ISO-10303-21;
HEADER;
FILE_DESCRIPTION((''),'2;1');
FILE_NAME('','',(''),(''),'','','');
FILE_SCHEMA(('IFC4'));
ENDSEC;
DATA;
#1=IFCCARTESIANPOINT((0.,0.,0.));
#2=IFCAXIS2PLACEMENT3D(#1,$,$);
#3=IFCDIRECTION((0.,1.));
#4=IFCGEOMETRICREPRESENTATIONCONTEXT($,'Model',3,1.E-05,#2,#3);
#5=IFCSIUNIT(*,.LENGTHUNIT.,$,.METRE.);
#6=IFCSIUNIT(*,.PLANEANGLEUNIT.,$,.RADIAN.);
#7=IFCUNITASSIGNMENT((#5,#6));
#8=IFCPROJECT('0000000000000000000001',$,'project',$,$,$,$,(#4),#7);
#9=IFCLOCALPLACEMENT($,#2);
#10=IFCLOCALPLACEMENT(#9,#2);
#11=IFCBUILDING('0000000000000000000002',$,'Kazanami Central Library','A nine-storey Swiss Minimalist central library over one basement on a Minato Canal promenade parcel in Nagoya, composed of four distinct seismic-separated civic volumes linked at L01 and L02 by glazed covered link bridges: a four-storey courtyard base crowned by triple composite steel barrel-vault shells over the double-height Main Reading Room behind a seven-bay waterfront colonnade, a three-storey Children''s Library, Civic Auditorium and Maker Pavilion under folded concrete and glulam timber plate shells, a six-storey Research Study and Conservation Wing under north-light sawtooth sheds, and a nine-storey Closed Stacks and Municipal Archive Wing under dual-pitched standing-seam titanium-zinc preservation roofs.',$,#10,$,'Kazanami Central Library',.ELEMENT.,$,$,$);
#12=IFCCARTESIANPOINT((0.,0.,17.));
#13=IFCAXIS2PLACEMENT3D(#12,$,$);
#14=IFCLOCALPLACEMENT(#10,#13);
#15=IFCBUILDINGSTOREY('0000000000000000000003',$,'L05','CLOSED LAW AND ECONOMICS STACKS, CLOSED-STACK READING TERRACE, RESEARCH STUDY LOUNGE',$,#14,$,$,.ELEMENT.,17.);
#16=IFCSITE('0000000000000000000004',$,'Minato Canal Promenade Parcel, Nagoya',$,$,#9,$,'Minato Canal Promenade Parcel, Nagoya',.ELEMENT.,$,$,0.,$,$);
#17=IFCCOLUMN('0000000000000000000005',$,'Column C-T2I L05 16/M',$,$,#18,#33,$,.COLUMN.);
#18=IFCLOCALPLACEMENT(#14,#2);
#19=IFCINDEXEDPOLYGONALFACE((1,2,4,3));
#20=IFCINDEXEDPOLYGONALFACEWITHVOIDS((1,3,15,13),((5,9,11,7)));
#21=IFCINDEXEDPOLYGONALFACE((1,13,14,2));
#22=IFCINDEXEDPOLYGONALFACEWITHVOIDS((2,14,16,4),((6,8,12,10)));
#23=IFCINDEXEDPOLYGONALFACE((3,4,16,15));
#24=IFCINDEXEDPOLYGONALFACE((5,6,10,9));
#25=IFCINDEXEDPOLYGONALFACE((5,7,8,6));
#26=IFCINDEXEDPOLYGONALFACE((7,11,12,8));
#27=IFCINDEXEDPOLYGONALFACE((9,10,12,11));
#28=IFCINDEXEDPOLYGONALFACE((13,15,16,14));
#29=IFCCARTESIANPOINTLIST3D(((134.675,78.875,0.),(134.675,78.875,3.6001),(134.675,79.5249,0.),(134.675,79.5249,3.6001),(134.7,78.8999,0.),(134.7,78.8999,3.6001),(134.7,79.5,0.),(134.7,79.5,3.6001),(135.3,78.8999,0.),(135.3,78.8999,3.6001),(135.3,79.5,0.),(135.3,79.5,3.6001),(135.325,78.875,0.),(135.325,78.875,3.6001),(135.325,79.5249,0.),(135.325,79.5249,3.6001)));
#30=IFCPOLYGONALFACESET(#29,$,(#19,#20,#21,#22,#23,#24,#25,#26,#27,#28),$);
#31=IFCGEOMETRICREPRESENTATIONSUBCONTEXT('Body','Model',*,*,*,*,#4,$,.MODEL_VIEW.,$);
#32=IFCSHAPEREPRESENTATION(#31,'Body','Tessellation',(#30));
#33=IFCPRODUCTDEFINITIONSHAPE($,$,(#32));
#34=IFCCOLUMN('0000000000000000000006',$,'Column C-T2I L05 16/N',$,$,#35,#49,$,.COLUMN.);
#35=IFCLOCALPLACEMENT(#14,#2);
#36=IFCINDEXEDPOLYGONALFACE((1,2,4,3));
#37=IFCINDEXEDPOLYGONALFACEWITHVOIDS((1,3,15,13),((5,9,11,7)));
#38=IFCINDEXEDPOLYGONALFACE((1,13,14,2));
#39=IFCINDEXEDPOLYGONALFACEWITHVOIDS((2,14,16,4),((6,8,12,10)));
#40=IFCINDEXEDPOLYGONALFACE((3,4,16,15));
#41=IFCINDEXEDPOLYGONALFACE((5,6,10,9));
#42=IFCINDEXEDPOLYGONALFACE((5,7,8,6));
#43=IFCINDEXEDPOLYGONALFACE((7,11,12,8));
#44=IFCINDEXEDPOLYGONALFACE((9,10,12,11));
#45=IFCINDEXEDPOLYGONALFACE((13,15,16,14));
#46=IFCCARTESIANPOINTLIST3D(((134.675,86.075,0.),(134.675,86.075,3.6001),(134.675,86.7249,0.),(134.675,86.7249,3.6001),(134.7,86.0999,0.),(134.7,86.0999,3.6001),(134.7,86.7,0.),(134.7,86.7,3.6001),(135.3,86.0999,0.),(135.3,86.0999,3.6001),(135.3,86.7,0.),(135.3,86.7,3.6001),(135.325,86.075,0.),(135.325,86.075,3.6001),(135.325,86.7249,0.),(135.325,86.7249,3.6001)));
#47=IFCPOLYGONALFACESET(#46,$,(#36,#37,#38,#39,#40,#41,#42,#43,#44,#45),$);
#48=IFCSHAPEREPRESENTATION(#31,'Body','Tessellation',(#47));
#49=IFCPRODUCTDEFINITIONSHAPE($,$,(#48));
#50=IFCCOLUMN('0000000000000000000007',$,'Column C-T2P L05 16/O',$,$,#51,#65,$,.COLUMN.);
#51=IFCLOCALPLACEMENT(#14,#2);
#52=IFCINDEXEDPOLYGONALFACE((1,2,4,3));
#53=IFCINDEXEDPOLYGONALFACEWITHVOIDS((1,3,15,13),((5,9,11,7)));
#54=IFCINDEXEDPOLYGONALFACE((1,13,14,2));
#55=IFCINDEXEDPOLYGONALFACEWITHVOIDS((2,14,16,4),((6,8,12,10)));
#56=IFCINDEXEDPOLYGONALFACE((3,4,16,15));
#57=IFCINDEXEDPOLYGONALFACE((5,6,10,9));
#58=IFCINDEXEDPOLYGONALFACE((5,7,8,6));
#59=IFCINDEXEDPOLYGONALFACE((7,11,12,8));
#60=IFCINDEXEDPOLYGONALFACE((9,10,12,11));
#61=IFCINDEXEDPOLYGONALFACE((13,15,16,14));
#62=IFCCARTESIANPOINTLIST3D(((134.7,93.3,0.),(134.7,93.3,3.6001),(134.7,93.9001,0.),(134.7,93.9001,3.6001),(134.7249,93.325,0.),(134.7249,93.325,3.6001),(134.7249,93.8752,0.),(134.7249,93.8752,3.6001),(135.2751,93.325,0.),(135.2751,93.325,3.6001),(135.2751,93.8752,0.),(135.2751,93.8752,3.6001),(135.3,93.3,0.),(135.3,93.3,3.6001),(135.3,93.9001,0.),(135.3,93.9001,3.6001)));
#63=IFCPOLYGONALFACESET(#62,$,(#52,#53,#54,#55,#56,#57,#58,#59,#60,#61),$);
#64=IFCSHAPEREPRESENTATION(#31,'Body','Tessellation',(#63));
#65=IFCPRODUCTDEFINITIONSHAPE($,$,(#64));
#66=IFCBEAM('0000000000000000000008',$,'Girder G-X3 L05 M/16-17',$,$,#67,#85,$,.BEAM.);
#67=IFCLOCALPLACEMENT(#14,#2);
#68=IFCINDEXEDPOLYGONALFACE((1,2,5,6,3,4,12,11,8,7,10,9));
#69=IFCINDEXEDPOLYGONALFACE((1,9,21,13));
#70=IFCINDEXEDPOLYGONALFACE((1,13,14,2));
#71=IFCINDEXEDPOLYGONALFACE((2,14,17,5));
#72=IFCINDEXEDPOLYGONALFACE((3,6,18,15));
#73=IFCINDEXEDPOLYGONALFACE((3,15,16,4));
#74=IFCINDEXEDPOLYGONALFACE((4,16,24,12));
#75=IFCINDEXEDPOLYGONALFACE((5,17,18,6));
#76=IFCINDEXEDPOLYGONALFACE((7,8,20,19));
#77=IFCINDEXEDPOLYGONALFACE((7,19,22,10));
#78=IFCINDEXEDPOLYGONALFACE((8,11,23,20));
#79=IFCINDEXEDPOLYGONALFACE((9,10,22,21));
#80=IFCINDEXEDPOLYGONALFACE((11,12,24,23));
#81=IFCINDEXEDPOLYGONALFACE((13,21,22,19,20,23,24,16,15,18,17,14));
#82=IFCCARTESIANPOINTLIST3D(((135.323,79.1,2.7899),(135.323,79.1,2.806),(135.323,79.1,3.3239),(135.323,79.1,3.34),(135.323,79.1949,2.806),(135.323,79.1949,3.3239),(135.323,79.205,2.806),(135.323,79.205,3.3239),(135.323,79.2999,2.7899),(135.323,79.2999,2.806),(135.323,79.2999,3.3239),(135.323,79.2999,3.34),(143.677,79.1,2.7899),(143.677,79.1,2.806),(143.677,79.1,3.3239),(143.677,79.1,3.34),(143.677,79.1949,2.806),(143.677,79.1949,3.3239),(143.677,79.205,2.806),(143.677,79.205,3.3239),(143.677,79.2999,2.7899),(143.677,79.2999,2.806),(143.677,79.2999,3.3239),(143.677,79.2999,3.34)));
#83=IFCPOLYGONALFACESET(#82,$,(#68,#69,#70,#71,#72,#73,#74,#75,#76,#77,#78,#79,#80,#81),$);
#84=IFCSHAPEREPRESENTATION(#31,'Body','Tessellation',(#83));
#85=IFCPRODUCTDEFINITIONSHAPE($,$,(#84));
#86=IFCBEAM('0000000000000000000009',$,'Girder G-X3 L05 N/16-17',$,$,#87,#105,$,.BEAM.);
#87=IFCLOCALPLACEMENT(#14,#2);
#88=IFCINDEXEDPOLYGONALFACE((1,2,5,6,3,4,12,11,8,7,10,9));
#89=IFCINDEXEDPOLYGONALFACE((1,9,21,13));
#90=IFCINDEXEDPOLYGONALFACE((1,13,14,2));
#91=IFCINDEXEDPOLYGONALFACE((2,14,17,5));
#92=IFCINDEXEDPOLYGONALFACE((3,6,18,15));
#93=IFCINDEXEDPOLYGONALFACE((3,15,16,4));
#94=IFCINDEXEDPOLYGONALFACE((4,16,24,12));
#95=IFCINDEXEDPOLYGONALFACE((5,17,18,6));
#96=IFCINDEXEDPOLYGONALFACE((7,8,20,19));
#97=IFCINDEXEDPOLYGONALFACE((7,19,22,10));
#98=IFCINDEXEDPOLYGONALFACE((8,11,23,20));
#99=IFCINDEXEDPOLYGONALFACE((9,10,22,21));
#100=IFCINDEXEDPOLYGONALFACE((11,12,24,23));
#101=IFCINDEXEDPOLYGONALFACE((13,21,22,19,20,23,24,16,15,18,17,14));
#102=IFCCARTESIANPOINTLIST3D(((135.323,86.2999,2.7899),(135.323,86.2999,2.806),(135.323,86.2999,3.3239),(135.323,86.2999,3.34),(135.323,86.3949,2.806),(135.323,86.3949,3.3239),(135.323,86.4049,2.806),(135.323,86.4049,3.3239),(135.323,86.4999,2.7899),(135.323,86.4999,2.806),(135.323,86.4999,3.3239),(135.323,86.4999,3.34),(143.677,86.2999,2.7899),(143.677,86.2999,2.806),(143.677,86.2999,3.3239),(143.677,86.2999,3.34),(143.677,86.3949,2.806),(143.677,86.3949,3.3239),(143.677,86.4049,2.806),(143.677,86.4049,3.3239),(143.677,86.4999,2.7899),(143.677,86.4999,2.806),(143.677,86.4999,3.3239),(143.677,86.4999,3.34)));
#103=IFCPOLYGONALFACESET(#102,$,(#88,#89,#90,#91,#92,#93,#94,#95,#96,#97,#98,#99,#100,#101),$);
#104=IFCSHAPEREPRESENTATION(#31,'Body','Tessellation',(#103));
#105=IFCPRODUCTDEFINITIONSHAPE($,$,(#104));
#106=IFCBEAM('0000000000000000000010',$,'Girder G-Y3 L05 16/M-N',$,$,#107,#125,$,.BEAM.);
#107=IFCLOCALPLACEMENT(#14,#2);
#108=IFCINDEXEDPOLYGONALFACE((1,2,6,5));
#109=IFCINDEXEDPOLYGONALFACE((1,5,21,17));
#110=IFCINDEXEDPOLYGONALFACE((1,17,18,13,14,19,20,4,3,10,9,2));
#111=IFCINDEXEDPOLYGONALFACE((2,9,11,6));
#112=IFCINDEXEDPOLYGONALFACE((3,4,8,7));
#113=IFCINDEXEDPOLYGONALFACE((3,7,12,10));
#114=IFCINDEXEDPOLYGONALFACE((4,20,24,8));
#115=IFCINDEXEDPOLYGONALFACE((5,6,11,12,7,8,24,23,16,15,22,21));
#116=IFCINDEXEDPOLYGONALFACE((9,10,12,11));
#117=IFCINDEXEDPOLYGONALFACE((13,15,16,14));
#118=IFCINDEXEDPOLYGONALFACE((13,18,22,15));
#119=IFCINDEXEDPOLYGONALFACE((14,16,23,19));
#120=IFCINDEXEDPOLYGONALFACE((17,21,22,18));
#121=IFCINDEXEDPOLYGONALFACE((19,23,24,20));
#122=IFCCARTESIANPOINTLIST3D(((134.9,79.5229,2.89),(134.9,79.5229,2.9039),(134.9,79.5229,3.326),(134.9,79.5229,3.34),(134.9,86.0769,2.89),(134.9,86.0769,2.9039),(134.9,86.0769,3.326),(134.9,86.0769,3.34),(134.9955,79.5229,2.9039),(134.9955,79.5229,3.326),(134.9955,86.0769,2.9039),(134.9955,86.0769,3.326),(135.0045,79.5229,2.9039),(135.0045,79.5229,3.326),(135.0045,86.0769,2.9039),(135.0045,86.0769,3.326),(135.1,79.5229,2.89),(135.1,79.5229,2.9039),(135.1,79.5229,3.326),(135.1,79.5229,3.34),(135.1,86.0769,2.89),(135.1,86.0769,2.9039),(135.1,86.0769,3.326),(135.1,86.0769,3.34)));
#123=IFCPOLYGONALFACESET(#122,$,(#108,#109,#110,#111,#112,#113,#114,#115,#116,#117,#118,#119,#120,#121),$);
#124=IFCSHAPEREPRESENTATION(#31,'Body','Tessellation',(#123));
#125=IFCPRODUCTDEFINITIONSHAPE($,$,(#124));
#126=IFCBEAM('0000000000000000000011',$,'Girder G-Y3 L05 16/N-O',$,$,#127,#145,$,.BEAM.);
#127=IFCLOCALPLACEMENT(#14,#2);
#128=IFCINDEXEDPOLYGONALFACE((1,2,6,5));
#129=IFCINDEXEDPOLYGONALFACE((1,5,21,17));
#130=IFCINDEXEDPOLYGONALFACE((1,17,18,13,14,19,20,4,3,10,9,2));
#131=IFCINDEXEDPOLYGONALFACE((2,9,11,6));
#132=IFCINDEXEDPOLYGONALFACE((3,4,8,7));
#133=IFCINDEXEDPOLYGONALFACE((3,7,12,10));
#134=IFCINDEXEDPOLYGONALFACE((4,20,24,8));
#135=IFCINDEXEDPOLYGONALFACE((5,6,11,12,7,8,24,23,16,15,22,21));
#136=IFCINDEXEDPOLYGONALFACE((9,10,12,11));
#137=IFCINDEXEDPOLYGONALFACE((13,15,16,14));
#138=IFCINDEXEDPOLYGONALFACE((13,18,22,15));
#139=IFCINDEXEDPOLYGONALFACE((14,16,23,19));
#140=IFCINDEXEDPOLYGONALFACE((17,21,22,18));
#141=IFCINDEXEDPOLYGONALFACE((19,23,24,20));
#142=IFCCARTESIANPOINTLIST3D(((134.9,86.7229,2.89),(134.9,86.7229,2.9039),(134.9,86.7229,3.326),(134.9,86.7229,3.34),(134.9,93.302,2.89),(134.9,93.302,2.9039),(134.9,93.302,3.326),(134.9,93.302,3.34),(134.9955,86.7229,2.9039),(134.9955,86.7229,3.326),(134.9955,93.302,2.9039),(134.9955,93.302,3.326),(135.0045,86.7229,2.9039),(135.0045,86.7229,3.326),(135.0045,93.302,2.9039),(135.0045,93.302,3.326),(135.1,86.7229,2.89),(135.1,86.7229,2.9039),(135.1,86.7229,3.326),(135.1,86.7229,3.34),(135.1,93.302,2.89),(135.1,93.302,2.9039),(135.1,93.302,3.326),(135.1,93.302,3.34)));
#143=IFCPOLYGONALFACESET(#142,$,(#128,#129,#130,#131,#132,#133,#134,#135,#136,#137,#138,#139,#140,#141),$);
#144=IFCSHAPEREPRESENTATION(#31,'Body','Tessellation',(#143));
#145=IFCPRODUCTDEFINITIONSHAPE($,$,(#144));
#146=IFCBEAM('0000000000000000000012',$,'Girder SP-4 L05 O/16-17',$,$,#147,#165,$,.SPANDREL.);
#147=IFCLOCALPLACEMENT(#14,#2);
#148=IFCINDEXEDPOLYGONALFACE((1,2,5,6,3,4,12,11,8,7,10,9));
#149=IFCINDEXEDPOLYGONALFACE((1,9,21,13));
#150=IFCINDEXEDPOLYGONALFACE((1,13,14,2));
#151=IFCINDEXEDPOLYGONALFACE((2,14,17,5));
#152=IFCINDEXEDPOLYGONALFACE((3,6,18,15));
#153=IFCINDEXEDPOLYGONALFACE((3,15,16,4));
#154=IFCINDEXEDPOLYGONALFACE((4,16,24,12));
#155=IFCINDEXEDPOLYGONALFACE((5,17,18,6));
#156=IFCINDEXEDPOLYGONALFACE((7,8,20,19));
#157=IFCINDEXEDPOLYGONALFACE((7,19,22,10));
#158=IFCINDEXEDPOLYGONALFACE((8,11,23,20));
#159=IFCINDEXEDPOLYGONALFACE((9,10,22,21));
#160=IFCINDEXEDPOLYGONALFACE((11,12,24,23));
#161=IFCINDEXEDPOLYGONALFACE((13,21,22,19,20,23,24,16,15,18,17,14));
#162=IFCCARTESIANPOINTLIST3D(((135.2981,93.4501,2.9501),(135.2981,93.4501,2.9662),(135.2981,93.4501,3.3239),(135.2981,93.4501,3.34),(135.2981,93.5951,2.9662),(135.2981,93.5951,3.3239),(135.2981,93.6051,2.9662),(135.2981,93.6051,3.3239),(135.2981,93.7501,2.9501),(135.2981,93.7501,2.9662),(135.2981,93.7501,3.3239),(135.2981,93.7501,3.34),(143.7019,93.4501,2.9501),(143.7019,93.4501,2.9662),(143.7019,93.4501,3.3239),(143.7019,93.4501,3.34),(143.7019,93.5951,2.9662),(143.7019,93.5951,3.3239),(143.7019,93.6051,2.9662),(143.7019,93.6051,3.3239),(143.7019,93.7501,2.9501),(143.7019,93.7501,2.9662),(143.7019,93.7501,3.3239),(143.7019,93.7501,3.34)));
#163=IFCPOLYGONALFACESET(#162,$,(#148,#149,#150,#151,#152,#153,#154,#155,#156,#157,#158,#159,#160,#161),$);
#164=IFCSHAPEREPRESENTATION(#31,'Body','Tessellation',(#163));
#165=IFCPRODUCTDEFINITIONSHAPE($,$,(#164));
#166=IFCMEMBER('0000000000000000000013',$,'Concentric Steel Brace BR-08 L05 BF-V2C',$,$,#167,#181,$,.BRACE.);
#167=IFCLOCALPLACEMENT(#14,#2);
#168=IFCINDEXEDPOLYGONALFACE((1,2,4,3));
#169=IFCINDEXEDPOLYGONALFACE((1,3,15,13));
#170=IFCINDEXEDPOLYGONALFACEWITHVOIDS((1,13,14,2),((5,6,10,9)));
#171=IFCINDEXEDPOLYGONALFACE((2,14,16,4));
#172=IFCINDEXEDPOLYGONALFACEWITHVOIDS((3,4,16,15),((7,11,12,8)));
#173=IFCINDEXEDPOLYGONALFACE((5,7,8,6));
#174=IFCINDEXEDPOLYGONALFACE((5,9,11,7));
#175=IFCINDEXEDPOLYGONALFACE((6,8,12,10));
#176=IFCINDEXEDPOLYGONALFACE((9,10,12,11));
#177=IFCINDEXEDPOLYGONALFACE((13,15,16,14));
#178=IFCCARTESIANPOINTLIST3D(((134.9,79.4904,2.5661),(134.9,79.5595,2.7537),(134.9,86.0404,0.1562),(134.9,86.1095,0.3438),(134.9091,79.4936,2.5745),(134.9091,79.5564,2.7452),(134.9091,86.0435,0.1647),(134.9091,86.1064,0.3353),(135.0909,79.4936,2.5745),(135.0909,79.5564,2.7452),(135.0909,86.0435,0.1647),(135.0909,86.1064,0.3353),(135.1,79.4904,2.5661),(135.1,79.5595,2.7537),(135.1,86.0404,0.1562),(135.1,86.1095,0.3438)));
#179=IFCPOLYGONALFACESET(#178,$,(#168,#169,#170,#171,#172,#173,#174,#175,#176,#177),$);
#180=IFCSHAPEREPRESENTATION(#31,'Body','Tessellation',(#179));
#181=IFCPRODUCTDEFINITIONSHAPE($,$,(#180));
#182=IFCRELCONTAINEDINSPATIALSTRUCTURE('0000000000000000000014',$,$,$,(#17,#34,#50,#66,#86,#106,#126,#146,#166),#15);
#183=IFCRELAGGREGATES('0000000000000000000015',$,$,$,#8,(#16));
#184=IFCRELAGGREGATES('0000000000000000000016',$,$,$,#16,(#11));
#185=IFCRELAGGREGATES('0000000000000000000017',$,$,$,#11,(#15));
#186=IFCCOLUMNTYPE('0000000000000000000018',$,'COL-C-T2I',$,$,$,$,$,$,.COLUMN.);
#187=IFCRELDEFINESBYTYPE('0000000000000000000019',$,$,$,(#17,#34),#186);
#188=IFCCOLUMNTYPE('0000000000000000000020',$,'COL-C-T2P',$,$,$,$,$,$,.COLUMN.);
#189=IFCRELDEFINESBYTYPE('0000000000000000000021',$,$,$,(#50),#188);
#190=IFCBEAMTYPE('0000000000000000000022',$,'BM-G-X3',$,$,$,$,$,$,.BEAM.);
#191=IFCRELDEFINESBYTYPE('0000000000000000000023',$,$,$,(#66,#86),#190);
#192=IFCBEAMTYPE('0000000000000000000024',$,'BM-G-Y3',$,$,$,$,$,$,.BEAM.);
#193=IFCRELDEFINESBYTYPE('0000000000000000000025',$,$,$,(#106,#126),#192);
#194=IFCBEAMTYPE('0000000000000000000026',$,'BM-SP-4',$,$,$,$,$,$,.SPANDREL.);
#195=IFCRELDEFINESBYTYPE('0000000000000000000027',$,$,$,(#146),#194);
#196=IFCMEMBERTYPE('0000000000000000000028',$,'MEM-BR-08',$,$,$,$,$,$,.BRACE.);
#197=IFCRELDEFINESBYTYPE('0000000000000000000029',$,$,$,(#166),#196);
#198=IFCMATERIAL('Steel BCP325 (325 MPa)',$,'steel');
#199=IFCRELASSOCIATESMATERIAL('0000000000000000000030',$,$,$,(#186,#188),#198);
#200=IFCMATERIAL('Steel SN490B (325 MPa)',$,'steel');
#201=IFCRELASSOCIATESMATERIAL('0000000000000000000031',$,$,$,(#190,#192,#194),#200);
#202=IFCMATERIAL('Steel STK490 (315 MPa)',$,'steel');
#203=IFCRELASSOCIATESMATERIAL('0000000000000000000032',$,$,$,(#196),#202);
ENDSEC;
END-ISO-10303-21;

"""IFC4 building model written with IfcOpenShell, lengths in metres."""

from ifc_helpers import new_model, si_unit, direction, frame, origin, origin_2d, place, context, subcontext, project, spatial, hollow_rectangle, i_section, extrude, material, material_profile, profile_set, type_object, element, save


model = new_model("IFC4")

# Units and contexts
model_context = context("Model", 3, precision=1e-05, world=origin(), true_north=direction((0.0, 1.0)))
body_context = subcontext(model_context, "Body", "Model", "MODEL_VIEW")
ifc_project = project(units=[si_unit("LENGTHUNIT", "METRE"), si_unit("PLANEANGLEUNIT", "RADIAN")], contexts=[model_context])

# Site, building, storey
site_placement = place(None, origin())
site = spatial("IfcSite", under=ifc_project, at=site_placement, Name="Minato Canal Promenade Parcel, Nagoya", LongName="Minato Canal Promenade Parcel, Nagoya", CompositionType="ELEMENT", RefElevation=0.0)
building_placement = place(site_placement, origin())
building = spatial("IfcBuilding", under=site, at=building_placement, Name="Kazanami Central Library", Description="A nine-storey Swiss Minimalist central library over one basement on a Minato Canal promenade parcel in Nagoya, composed of four distinct seismic-separated civic volumes linked at L01 and L02 by glazed covered link bridges: a four-storey courtyard base crowned by triple composite steel barrel-vault shells over the double-height Main Reading Room behind a seven-bay waterfront colonnade, a three-storey Children's Library, Civic Auditorium and Maker Pavilion under folded concrete and glulam timber plate shells, a six-storey Research Study and Conservation Wing under north-light sawtooth sheds, and a nine-storey Closed Stacks and Municipal Archive Wing under dual-pitched standing-seam titanium-zinc preservation roofs.", LongName="Kazanami Central Library", CompositionType="ELEMENT")
storey_placement = place(building_placement, frame((0.0, 0.0, 17.0)))
storey = spatial("IfcBuildingStorey", under=building, at=storey_placement, Name="L05", Description="CLOSED LAW AND ECONOMICS STACKS, CLOSED-STACK READING TERRACE, RESEARCH STUDY LOUNGE", CompositionType="ELEMENT", Elevation=17.0)

# Columns
ifc_material_1 = material(Name="Steel BCP325 (325 MPa)", Category="steel")
ifc_material_profile_1 = material_profile(ifc_material_1, hollow_rectangle(XDim=0.6499, YDim=0.6499, WallThickness=0.0249, at=origin_2d()), Name="BCP-650x650x25")
ifc_profile_set_1 = profile_set([ifc_material_profile_1], Name="Steel BCP325 (325 MPa)")
column_type_1 = type_object("IfcColumnType", Name="COL-C-T2I", PredefinedType="COLUMN", material=ifc_profile_set_1)
for number, where, z_axis, x_axis, name in (
    (1, (135.0, 79.2, 0.0), (0.0, 0.0, 1.0), (1.0, 0.0, 0.0), "Column C-T2I L05 16/M"),
    (2, (135.0, 86.3999, 0.0), (0.0, 0.0, 1.0), (1.0, 0.0, 0.0), "Column C-T2I L05 16/N"),
):
    element("IfcColumn", number, at=place(storey_placement, frame(where, z_axis=z_axis, x_axis=x_axis)), inside=storey, type_object=column_type_1, Name=name, PredefinedType="COLUMN", context=body_context, shape_type="SweptSolid", body=[
        extrude(hollow_rectangle(XDim=0.6499, YDim=0.6499, WallThickness=0.0249, at=origin_2d()), origin(), (0.0, 0.0, 1.0), 3.6001),
    ])
ifc_material_profile_2 = material_profile(ifc_material_1, hollow_rectangle(XDim=0.6001, YDim=0.6001, WallThickness=0.0249, at=origin_2d()), Name="BCP-600x600x25")
ifc_profile_set_2 = profile_set([ifc_material_profile_2], Name="Steel BCP325 (325 MPa)")
column_type_2 = type_object("IfcColumnType", Name="COL-C-T2P", PredefinedType="COLUMN", material=ifc_profile_set_2)
column_placement = place(storey_placement, frame((135.0, 93.6001, 0.0), z_axis=(0.0, 0.0, 1.0), x_axis=(1.0, 0.0, 0.0)))
element("IfcColumn", 3, at=column_placement, inside=storey, type_object=column_type_2, Name="Column C-T2P L05 16/O", PredefinedType="COLUMN", context=body_context, shape_type="SweptSolid", body=[
    extrude(hollow_rectangle(XDim=0.6001, YDim=0.6001, WallThickness=0.0249, at=origin_2d()), origin(), (0.0, 0.0, 1.0), 3.6001),
])

# Beams
ifc_material_2 = material(Name="Steel SN490B (325 MPa)", Category="steel")
ifc_material_profile_3 = material_profile(ifc_material_2, i_section(OverallWidth=0.2, OverallDepth=0.55, WebThickness=0.01, FlangeThickness=0.0161, at=origin_2d()), Name="H-550x200x10x16")
ifc_profile_set_3 = profile_set([ifc_material_profile_3], Name="Steel SN490B (325 MPa)")
beam_type_1 = type_object("IfcBeamType", Name="BM-G-X3", PredefinedType="BEAM", material=ifc_profile_set_3)
for number, where, z_axis, x_axis, name in (
    (4, (135.323, 79.2, 3.0649), (1.0, 0.0, 0.0), (0.0, 1.0, 0.0), "Girder G-X3 L05 M/16-17"),
    (5, (135.323, 86.3999, 3.0649), (1.0, 0.0, 0.0), (0.0, 1.0, 0.0), "Girder G-X3 L05 N/16-17"),
):
    element("IfcBeam", number, at=place(storey_placement, frame(where, z_axis=z_axis, x_axis=x_axis)), inside=storey, type_object=beam_type_1, Name=name, PredefinedType="BEAM", context=body_context, shape_type="SweptSolid", body=[
        extrude(i_section(OverallWidth=0.2, OverallDepth=0.55, WebThickness=0.01, FlangeThickness=0.0161, at=origin_2d()), origin(), (0.0, 0.0, 1.0), 8.354),
    ])
ifc_material_profile_4 = material_profile(ifc_material_2, i_section(OverallWidth=0.2, OverallDepth=0.45, WebThickness=0.009, FlangeThickness=0.0139, at=origin_2d()), Name="H-450x200x9x14")
ifc_profile_set_4 = profile_set([ifc_material_profile_4], Name="Steel SN490B (325 MPa)")
beam_type_2 = type_object("IfcBeamType", Name="BM-G-Y3", PredefinedType="BEAM", material=ifc_profile_set_4)
beam_1_placement = place(storey_placement, frame((135.0, 79.5229, 3.115), z_axis=(0.0, 1.0, 0.0), x_axis=(-1.0, 0.0, 0.0)))
element("IfcBeam", 6, at=beam_1_placement, inside=storey, type_object=beam_type_2, Name="Girder G-Y3 L05 16/M-N", PredefinedType="BEAM", context=body_context, shape_type="SweptSolid", body=[
    extrude(i_section(OverallWidth=0.2, OverallDepth=0.45, WebThickness=0.009, FlangeThickness=0.0139, at=origin_2d()), origin(), (0.0, 0.0, 1.0), 6.554),
])
beam_2_placement = place(storey_placement, frame((135.0, 86.7229, 3.115), z_axis=(0.0, 1.0, 0.0), x_axis=(-1.0, 0.0, 0.0)))
element("IfcBeam", 7, at=beam_2_placement, inside=storey, type_object=beam_type_2, Name="Girder G-Y3 L05 16/N-O", PredefinedType="BEAM", context=body_context, shape_type="SweptSolid", body=[
    extrude(i_section(OverallWidth=0.2, OverallDepth=0.45, WebThickness=0.009, FlangeThickness=0.0139, at=origin_2d()), origin(), (0.0, 0.0, 1.0), 6.5791),
])
ifc_material_profile_5 = material_profile(ifc_material_2, i_section(OverallWidth=0.3, OverallDepth=0.3899, WebThickness=0.01, FlangeThickness=0.0161, at=origin_2d()), Name="H-390x300x10x16")
ifc_profile_set_5 = profile_set([ifc_material_profile_5], Name="Steel SN490B (325 MPa)")
beam_type_3 = type_object("IfcBeamType", Name="BM-SP-4", PredefinedType="SPANDREL", material=ifc_profile_set_5)
beam_3_placement = place(storey_placement, frame((135.2981, 93.6001, 3.145), z_axis=(1.0, 0.0, 0.0), x_axis=(0.0, 1.0, 0.0)))
element("IfcBeam", 8, at=beam_3_placement, inside=storey, type_object=beam_type_3, Name="Girder SP-4 L05 O/16-17", PredefinedType="SPANDREL", context=body_context, shape_type="SweptSolid", body=[
    extrude(i_section(OverallWidth=0.3, OverallDepth=0.3899, WebThickness=0.01, FlangeThickness=0.0161, at=origin_2d()), origin(), (0.0, 0.0, 1.0), 8.4038),
])

# Member
ifc_material_3 = material(Name="Steel STK490 (315 MPa)", Category="steel")
ifc_material_profile_6 = material_profile(ifc_material_3, hollow_rectangle(XDim=0.2, YDim=0.2, WallThickness=0.009, at=origin_2d()), Name="STKR-200x200x9")
ifc_profile_set_6 = profile_set([ifc_material_profile_6], Name="Steel STK490 (315 MPa)")
member_type = type_object("IfcMemberType", Name="MEM-BR-08", PredefinedType="BRACE", material=ifc_profile_set_6)
member_placement = place(storey_placement, frame((135.0, 86.075, 0.25), z_axis=(0.0, -0.938495, 0.345294), x_axis=(1.0, 0.0, 0.0)))
element("IfcMember", 9, at=member_placement, inside=storey, type_object=member_type, Name="Concentric Steel Brace BR-08 L05 BF-V2C", PredefinedType="BRACE", context=body_context, shape_type="SweptSolid", body=[
    extrude(hollow_rectangle(XDim=0.2, YDim=0.2, WallThickness=0.009, at=origin_2d()), origin(), (0.0, 0.0, 1.0), 6.9792),
])

save(model, "model.ifc")
